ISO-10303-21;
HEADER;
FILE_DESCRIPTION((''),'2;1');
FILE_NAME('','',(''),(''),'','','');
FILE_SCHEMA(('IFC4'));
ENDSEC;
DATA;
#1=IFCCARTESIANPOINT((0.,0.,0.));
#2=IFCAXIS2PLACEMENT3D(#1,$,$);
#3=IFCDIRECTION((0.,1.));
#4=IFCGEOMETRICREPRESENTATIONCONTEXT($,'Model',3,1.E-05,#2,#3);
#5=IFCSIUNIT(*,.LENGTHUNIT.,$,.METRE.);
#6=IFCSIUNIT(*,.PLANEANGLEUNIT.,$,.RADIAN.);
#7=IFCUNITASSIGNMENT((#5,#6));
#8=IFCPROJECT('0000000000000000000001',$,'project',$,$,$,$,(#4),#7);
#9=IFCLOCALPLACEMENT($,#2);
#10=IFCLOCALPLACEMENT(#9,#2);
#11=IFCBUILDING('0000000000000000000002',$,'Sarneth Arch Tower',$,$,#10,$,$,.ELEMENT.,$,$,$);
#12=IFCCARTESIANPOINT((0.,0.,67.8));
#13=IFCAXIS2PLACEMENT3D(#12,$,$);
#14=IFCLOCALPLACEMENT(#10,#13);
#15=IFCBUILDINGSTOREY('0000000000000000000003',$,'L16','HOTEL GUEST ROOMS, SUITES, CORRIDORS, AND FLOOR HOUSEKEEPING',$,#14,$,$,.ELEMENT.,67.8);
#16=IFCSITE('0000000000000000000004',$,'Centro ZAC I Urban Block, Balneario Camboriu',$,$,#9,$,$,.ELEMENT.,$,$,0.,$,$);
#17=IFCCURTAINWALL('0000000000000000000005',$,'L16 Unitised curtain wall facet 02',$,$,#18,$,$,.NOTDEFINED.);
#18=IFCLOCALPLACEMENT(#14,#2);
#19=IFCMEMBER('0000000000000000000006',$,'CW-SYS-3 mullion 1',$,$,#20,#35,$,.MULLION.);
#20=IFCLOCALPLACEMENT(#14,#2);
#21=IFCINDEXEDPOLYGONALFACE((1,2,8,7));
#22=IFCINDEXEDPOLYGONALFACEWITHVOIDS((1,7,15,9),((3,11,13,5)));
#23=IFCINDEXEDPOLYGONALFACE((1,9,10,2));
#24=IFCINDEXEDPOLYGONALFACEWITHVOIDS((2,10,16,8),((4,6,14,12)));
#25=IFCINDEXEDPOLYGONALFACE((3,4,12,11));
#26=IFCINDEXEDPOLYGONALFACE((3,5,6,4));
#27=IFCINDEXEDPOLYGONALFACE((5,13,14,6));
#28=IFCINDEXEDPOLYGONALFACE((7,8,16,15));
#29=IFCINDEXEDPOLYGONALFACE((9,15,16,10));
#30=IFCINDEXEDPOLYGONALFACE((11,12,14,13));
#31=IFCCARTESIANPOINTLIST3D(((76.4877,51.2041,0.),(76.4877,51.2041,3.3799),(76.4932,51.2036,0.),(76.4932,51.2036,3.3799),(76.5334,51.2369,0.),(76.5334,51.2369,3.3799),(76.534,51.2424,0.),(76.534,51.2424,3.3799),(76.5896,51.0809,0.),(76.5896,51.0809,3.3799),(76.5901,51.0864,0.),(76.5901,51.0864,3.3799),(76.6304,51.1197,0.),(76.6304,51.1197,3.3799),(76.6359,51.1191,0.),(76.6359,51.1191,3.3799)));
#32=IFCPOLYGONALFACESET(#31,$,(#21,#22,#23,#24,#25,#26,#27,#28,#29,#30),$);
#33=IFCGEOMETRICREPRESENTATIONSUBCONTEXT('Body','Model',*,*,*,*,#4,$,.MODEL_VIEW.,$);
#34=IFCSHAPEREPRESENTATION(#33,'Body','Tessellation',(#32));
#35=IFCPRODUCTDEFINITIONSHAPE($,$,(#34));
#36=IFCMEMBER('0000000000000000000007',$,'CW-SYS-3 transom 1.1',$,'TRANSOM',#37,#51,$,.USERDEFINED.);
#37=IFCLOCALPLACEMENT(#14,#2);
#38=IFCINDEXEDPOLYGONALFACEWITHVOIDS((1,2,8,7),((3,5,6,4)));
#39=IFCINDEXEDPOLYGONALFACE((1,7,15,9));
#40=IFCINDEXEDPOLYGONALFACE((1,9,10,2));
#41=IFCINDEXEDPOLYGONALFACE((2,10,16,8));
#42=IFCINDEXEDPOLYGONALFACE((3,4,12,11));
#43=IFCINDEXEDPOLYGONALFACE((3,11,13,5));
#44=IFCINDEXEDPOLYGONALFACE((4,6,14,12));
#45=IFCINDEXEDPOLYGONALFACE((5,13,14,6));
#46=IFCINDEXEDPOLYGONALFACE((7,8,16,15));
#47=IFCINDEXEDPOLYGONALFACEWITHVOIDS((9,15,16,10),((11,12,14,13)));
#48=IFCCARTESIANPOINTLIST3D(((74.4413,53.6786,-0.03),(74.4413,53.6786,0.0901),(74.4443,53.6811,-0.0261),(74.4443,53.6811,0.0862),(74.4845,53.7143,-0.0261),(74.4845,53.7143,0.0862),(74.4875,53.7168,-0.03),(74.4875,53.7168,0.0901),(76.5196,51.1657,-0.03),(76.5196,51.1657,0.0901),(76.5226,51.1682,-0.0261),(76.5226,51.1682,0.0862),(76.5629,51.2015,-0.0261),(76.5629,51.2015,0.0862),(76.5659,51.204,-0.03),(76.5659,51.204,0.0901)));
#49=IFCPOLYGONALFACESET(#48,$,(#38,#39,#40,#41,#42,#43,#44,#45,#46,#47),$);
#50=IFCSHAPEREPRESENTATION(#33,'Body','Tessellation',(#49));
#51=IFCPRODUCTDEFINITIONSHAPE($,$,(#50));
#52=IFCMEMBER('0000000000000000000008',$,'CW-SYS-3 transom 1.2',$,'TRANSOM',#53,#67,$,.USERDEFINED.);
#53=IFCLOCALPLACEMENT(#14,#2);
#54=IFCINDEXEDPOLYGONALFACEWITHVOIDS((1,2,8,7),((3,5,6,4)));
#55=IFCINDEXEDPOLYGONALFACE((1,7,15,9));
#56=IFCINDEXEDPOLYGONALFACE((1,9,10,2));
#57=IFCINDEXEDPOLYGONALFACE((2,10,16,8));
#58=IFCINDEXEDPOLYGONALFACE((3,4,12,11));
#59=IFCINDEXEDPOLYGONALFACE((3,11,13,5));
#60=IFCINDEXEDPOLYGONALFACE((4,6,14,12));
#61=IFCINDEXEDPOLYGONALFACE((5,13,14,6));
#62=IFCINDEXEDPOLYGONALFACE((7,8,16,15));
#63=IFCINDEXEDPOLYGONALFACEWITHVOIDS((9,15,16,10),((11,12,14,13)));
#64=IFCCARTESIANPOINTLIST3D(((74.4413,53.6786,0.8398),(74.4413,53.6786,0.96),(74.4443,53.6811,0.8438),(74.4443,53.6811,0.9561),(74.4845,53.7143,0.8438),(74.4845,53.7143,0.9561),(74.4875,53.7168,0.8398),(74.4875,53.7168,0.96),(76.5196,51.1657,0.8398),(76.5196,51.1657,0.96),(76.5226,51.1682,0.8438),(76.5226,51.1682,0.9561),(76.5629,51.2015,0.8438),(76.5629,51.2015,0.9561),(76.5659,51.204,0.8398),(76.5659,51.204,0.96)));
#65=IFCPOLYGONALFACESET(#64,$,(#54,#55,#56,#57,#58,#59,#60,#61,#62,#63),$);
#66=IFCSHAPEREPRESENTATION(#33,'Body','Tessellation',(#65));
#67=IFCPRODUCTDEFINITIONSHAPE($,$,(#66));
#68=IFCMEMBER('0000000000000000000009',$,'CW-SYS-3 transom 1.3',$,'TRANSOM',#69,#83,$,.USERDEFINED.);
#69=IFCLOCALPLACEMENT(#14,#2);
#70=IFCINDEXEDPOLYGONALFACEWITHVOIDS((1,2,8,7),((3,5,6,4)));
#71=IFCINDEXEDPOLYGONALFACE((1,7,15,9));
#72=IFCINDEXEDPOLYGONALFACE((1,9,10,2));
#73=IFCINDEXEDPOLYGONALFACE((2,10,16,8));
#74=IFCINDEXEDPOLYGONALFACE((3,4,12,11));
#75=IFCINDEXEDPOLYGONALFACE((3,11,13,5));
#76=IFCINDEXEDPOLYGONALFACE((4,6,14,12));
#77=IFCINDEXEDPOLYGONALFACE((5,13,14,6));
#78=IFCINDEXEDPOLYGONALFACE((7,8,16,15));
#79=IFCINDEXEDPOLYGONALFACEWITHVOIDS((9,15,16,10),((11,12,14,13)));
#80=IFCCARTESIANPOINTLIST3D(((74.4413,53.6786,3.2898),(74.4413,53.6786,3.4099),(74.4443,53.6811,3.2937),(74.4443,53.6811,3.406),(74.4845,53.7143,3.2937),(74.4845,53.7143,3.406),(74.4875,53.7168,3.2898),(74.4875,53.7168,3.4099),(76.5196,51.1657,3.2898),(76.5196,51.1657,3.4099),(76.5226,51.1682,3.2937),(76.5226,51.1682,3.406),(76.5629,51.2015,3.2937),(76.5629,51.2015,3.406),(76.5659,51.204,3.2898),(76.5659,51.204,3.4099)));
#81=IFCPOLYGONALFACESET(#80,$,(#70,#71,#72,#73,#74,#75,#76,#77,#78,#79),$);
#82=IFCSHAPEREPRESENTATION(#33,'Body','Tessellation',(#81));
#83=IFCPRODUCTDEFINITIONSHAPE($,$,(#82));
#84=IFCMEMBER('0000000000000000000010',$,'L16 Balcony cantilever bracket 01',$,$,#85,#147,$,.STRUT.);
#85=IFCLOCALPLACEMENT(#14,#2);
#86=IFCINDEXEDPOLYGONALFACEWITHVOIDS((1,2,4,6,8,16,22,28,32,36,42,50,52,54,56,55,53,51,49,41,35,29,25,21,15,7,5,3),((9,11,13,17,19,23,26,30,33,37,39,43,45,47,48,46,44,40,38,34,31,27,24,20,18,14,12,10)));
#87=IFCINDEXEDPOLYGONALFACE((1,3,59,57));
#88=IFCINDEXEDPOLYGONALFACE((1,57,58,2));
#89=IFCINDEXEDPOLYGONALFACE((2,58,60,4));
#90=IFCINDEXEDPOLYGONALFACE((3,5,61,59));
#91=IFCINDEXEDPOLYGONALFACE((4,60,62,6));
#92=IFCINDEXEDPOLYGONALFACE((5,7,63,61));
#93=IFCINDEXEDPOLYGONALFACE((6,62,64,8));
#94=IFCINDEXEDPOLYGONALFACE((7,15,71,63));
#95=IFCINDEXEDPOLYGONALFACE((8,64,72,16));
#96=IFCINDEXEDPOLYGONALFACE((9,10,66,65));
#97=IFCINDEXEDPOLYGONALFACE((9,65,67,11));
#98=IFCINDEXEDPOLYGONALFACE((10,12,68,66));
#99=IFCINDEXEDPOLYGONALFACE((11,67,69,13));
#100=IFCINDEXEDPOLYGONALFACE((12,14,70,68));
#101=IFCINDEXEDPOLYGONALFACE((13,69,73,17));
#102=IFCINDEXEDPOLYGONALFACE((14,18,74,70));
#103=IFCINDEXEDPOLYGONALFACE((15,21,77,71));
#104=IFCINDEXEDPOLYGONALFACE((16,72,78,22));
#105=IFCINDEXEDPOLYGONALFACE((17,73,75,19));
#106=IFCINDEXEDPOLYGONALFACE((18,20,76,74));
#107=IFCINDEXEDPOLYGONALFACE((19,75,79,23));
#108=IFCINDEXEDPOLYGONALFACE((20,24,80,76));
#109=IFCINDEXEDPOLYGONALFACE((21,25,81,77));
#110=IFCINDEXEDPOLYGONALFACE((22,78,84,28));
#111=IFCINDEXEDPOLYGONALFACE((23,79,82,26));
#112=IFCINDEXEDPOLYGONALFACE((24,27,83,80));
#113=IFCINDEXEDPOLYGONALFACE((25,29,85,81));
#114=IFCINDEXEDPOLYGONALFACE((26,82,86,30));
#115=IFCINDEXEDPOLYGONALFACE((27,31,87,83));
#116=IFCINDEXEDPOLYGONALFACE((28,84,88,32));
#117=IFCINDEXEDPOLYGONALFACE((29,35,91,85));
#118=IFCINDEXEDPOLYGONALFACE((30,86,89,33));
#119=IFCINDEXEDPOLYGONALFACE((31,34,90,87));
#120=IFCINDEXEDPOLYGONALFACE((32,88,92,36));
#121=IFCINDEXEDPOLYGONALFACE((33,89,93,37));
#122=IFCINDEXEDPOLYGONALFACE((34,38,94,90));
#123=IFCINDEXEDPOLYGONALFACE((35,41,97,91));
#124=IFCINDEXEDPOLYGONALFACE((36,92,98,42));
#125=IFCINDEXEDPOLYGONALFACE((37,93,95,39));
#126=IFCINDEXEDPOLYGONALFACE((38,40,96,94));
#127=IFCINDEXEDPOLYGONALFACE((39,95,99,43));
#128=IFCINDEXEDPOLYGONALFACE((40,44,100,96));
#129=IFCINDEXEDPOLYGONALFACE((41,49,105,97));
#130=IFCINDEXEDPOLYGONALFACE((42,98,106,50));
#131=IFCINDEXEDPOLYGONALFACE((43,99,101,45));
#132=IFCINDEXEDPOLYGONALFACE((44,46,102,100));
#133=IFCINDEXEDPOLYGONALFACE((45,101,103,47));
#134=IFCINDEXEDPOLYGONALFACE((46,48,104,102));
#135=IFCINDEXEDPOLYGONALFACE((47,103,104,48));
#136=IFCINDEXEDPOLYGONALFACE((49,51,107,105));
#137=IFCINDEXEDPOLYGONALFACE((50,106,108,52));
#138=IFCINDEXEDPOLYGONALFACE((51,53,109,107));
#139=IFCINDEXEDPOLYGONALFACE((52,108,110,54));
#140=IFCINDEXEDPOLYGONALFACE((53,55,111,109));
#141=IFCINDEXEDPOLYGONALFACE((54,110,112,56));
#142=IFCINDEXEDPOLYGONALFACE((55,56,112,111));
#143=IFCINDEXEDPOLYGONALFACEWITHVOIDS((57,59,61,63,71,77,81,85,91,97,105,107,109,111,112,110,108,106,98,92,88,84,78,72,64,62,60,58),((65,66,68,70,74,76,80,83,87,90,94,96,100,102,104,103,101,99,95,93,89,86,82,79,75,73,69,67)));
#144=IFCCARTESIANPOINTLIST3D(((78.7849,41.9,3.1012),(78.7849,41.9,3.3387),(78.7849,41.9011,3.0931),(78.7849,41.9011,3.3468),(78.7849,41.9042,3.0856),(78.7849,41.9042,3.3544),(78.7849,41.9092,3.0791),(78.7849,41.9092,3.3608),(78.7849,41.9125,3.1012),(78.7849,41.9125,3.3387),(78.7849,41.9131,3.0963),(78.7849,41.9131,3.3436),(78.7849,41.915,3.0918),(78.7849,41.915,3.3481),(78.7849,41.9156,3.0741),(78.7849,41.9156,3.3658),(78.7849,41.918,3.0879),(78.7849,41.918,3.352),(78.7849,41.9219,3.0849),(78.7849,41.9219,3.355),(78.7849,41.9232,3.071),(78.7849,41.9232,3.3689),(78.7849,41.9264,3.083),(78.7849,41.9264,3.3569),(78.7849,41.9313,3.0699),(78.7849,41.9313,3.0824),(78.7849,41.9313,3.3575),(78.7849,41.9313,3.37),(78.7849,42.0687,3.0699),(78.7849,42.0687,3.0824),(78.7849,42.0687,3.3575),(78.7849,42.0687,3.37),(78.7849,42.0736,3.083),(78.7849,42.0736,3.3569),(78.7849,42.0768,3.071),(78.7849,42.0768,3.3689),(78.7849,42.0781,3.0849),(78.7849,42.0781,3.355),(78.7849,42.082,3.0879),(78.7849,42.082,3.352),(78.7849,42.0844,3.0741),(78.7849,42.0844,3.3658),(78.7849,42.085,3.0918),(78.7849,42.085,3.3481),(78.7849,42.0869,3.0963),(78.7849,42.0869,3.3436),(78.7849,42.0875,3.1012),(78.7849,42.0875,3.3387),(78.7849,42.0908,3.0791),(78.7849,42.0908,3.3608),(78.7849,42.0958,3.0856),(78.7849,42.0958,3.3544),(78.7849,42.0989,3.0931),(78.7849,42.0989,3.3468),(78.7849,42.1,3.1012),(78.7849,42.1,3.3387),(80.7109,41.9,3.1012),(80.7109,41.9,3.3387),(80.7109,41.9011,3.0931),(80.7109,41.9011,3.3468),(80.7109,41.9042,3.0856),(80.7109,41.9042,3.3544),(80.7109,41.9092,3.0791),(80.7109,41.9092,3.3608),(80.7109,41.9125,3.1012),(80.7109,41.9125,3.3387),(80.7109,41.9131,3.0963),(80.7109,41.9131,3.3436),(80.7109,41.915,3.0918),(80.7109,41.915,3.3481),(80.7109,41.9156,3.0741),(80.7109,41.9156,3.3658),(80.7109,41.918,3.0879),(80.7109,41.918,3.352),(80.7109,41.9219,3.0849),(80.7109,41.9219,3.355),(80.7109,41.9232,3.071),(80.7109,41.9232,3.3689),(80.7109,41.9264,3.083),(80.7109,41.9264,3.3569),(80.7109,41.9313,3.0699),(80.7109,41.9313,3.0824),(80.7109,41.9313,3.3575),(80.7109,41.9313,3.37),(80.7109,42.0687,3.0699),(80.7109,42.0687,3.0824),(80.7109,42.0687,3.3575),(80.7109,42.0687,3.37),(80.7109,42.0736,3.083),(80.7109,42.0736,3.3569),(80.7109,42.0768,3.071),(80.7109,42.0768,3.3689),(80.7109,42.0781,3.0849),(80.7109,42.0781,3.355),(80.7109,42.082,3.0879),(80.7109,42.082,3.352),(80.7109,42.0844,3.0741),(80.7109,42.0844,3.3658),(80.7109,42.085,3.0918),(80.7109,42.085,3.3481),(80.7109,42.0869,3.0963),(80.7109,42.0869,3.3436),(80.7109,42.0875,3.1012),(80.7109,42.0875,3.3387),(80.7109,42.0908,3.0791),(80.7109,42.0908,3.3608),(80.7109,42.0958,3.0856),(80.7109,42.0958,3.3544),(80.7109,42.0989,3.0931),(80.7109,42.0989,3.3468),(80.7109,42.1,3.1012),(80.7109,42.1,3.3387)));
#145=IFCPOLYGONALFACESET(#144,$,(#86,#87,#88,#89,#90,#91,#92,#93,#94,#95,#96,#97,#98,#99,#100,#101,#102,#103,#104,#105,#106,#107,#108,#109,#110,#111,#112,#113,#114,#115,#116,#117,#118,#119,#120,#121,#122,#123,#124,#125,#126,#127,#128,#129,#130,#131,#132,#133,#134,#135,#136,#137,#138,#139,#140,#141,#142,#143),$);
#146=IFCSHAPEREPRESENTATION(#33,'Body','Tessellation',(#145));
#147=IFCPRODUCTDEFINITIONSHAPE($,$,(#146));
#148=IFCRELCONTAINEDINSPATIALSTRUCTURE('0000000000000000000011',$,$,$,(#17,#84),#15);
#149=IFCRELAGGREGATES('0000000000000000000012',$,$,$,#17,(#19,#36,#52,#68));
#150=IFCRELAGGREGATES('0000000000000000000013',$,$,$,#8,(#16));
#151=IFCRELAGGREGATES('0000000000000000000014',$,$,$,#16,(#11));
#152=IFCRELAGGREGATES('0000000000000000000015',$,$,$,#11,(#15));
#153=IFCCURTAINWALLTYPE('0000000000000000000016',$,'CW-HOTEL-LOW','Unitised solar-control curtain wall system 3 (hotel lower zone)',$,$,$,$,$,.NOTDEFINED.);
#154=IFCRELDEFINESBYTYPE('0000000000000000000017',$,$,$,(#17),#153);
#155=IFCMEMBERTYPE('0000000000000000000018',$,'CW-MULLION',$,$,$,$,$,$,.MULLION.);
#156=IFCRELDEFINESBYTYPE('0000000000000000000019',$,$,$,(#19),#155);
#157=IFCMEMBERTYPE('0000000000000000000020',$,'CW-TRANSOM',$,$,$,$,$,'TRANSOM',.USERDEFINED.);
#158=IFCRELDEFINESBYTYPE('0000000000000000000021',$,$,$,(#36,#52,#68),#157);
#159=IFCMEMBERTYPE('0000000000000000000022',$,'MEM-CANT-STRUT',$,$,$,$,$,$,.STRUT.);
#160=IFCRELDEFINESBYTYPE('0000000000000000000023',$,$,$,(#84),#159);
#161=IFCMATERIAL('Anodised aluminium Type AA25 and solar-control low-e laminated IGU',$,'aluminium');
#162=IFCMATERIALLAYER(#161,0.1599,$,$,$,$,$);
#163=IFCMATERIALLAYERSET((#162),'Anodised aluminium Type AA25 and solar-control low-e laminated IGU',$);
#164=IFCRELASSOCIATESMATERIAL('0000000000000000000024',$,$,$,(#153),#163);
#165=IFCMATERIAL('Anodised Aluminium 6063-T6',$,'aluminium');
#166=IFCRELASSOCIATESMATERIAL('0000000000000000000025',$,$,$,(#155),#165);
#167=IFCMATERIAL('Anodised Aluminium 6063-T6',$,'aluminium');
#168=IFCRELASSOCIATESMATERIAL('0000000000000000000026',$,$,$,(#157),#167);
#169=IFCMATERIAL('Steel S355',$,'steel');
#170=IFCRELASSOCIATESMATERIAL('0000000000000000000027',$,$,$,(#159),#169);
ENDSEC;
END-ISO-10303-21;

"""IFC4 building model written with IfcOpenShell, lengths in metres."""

from ifc_helpers import new_model, si_unit, direction, frame, origin, origin_2d, place, context, subcontext, project, spatial, hollow_rectangle, extrude, material, layer, layer_set, material_profile, profile_set, type_object, element, aggregate, save


model = new_model("IFC4")

# Units and contexts
model_context = context("Model", 3, precision=1e-05, world=origin(), true_north=direction((0.0, 1.0)))
body_context = subcontext(model_context, "Body", "Model", "MODEL_VIEW")
ifc_project = project(units=[si_unit("LENGTHUNIT", "METRE"), si_unit("PLANEANGLEUNIT", "RADIAN")], contexts=[model_context])

# Site, building, storey
site_placement = place(None, origin())
site = spatial("IfcSite", under=ifc_project, at=site_placement, Name="Centro ZAC I Urban Block, Balneario Camboriu", CompositionType="ELEMENT", RefElevation=0.0)
building_placement = place(site_placement, origin())
building = spatial("IfcBuilding", under=site, at=building_placement, Name="Sarneth Arch Tower", CompositionType="ELEMENT")
storey_placement = place(building_placement, frame((0.0, 0.0, 67.8)))
storey = spatial("IfcBuildingStorey", under=building, at=storey_placement, Name="L16", Description="HOTEL GUEST ROOMS, SUITES, CORRIDORS, AND FLOOR HOUSEKEEPING", CompositionType="ELEMENT", Elevation=67.8)

# Curtain wall, members
ifc_material_1 = material(Name="Anodised aluminium Type AA25 and solar-control low-e laminated IGU", Category="aluminium")
ifc_layer_1 = layer(ifc_material_1, 0.1599)
ifc_layer_set_1 = layer_set([ifc_layer_1], Name="Anodised aluminium Type AA25 and solar-control low-e laminated IGU")
curtain_wall_type = type_object("IfcCurtainWallType", Name="CW-HOTEL-LOW", Description="Unitised solar-control curtain wall system 3 (hotel lower zone)", PredefinedType="NOTDEFINED", material=ifc_layer_set_1)
curtain_wall_placement = place(storey_placement, origin())
curtain_wall = element("IfcCurtainWall", 1, at=curtain_wall_placement, inside=storey, type_object=curtain_wall_type, Name="L16 Unitised curtain wall facet 02", PredefinedType="NOTDEFINED")
ifc_material_2 = material(Name="Anodised Aluminium 6063-T6", Category="aluminium")
ifc_material_profile_1 = material_profile(ifc_material_2, hollow_rectangle(XDim=0.0601, YDim=0.1599, WallThickness=0.0039, at=origin_2d()), Name="AL-MULL-160x60x4")
ifc_profile_set_1 = profile_set([ifc_material_profile_1], Name="Anodised Aluminium 6063-T6")
member_type_1 = type_object("IfcMemberType", Name="CW-MULLION", PredefinedType="MULLION", material=ifc_profile_set_1)
member_1_placement = place(storey_placement, frame((76.5618, 51.1616, 0.0), z_axis=(0.0, 0.0, 1.0), x_axis=(-0.770623, -0.637291, 0.0)))
member_1 = element("IfcMember", 2, at=member_1_placement, type_object=member_type_1, Name="CW-SYS-3 mullion 1", PredefinedType="MULLION", context=body_context, shape_type="SweptSolid", body=[
    extrude(hollow_rectangle(XDim=0.0601, YDim=0.1599, WallThickness=0.0039, at=origin_2d()), origin(), (0.0, 0.0, 1.0), 3.3799),
])
ifc_material_3 = material(Name="Anodised Aluminium 6063-T6", Category="aluminium")
ifc_material_profile_2 = material_profile(ifc_material_3, hollow_rectangle(XDim=0.0601, YDim=0.1201, WallThickness=0.0039, at=origin_2d()), Name="AL-TRAN-120x60x4")
ifc_profile_set_2 = profile_set([ifc_material_profile_2], Name="Anodised Aluminium 6063-T6")
member_type_2 = type_object("IfcMemberType", Name="CW-TRANSOM", ElementType="TRANSOM", PredefinedType="USERDEFINED", material=ifc_profile_set_2)
member_2_placement = place(storey_placement, frame((76.5427, 51.1848, 0.03), z_axis=(-0.63733, 0.770591, 0.0), x_axis=(-0.770591, -0.63733, 0.0)))
member_2 = element("IfcMember", 3, at=member_2_placement, type_object=member_type_2, Name="CW-SYS-3 transom 1.1", ObjectType="TRANSOM", PredefinedType="USERDEFINED", context=body_context, shape_type="SweptSolid", body=[
    extrude(hollow_rectangle(XDim=0.0601, YDim=0.1201, WallThickness=0.0039, at=origin_2d()), origin(), (0.0, 0.0, 1.0), 3.261),
])
member_3_placement = place(storey_placement, frame((76.5427, 51.1848, 0.8999), z_axis=(-0.63733, 0.770591, 0.0), x_axis=(-0.770591, -0.63733, 0.0)))
member_3 = element("IfcMember", 4, at=member_3_placement, type_object=member_type_2, Name="CW-SYS-3 transom 1.2", ObjectType="TRANSOM", PredefinedType="USERDEFINED", context=body_context, shape_type="SweptSolid", body=[
    extrude(hollow_rectangle(XDim=0.0601, YDim=0.1201, WallThickness=0.0039, at=origin_2d()), origin(), (0.0, 0.0, 1.0), 3.261),
])
member_4_placement = place(storey_placement, frame((76.5427, 51.1848, 3.3499), z_axis=(-0.63733, 0.770591, 0.0), x_axis=(-0.770591, -0.63733, 0.0)))
member_4 = element("IfcMember", 5, at=member_4_placement, type_object=member_type_2, Name="CW-SYS-3 transom 1.3", ObjectType="TRANSOM", PredefinedType="USERDEFINED", context=body_context, shape_type="SweptSolid", body=[
    extrude(hollow_rectangle(XDim=0.0601, YDim=0.1201, WallThickness=0.0039, at=origin_2d()), origin(), (0.0, 0.0, 1.0), 3.261),
])

# Member
ifc_material_4 = material(Name="Steel S355", Category="steel")
ifc_material_profile_3 = material_profile(ifc_material_4, hollow_rectangle(XDim=0.2, YDim=0.3, WallThickness=0.0125, InnerFilletRadius=0.0188, OuterFilletRadius=0.0312, at=origin_2d()), Name="RHS300x200x12.5")
ifc_profile_set_3 = profile_set([ifc_material_profile_3], Name="Steel S355")
member_type_3 = type_object("IfcMemberType", Name="MEM-CANT-STRUT", PredefinedType="STRUT", material=ifc_profile_set_3)
member_5_placement = place(storey_placement, frame((78.7849, 42.0, 3.22), z_axis=(1.0, 0.0, 0.0), x_axis=(0.0, 1.0, 0.0)))
element("IfcMember", 6, at=member_5_placement, inside=storey, type_object=member_type_3, Name="L16 Balcony cantilever bracket 01", PredefinedType="STRUT", context=body_context, shape_type="SweptSolid", body=[
    extrude(hollow_rectangle(XDim=0.2, YDim=0.3, WallThickness=0.0125, InnerFilletRadius=0.0188, OuterFilletRadius=0.0312, at=origin_2d()), origin(), (0.0, 0.0, 1.0), 1.926),
])

aggregate(curtain_wall, [member_1, member_2, member_3, member_4])

save(model, "model.ifc")
